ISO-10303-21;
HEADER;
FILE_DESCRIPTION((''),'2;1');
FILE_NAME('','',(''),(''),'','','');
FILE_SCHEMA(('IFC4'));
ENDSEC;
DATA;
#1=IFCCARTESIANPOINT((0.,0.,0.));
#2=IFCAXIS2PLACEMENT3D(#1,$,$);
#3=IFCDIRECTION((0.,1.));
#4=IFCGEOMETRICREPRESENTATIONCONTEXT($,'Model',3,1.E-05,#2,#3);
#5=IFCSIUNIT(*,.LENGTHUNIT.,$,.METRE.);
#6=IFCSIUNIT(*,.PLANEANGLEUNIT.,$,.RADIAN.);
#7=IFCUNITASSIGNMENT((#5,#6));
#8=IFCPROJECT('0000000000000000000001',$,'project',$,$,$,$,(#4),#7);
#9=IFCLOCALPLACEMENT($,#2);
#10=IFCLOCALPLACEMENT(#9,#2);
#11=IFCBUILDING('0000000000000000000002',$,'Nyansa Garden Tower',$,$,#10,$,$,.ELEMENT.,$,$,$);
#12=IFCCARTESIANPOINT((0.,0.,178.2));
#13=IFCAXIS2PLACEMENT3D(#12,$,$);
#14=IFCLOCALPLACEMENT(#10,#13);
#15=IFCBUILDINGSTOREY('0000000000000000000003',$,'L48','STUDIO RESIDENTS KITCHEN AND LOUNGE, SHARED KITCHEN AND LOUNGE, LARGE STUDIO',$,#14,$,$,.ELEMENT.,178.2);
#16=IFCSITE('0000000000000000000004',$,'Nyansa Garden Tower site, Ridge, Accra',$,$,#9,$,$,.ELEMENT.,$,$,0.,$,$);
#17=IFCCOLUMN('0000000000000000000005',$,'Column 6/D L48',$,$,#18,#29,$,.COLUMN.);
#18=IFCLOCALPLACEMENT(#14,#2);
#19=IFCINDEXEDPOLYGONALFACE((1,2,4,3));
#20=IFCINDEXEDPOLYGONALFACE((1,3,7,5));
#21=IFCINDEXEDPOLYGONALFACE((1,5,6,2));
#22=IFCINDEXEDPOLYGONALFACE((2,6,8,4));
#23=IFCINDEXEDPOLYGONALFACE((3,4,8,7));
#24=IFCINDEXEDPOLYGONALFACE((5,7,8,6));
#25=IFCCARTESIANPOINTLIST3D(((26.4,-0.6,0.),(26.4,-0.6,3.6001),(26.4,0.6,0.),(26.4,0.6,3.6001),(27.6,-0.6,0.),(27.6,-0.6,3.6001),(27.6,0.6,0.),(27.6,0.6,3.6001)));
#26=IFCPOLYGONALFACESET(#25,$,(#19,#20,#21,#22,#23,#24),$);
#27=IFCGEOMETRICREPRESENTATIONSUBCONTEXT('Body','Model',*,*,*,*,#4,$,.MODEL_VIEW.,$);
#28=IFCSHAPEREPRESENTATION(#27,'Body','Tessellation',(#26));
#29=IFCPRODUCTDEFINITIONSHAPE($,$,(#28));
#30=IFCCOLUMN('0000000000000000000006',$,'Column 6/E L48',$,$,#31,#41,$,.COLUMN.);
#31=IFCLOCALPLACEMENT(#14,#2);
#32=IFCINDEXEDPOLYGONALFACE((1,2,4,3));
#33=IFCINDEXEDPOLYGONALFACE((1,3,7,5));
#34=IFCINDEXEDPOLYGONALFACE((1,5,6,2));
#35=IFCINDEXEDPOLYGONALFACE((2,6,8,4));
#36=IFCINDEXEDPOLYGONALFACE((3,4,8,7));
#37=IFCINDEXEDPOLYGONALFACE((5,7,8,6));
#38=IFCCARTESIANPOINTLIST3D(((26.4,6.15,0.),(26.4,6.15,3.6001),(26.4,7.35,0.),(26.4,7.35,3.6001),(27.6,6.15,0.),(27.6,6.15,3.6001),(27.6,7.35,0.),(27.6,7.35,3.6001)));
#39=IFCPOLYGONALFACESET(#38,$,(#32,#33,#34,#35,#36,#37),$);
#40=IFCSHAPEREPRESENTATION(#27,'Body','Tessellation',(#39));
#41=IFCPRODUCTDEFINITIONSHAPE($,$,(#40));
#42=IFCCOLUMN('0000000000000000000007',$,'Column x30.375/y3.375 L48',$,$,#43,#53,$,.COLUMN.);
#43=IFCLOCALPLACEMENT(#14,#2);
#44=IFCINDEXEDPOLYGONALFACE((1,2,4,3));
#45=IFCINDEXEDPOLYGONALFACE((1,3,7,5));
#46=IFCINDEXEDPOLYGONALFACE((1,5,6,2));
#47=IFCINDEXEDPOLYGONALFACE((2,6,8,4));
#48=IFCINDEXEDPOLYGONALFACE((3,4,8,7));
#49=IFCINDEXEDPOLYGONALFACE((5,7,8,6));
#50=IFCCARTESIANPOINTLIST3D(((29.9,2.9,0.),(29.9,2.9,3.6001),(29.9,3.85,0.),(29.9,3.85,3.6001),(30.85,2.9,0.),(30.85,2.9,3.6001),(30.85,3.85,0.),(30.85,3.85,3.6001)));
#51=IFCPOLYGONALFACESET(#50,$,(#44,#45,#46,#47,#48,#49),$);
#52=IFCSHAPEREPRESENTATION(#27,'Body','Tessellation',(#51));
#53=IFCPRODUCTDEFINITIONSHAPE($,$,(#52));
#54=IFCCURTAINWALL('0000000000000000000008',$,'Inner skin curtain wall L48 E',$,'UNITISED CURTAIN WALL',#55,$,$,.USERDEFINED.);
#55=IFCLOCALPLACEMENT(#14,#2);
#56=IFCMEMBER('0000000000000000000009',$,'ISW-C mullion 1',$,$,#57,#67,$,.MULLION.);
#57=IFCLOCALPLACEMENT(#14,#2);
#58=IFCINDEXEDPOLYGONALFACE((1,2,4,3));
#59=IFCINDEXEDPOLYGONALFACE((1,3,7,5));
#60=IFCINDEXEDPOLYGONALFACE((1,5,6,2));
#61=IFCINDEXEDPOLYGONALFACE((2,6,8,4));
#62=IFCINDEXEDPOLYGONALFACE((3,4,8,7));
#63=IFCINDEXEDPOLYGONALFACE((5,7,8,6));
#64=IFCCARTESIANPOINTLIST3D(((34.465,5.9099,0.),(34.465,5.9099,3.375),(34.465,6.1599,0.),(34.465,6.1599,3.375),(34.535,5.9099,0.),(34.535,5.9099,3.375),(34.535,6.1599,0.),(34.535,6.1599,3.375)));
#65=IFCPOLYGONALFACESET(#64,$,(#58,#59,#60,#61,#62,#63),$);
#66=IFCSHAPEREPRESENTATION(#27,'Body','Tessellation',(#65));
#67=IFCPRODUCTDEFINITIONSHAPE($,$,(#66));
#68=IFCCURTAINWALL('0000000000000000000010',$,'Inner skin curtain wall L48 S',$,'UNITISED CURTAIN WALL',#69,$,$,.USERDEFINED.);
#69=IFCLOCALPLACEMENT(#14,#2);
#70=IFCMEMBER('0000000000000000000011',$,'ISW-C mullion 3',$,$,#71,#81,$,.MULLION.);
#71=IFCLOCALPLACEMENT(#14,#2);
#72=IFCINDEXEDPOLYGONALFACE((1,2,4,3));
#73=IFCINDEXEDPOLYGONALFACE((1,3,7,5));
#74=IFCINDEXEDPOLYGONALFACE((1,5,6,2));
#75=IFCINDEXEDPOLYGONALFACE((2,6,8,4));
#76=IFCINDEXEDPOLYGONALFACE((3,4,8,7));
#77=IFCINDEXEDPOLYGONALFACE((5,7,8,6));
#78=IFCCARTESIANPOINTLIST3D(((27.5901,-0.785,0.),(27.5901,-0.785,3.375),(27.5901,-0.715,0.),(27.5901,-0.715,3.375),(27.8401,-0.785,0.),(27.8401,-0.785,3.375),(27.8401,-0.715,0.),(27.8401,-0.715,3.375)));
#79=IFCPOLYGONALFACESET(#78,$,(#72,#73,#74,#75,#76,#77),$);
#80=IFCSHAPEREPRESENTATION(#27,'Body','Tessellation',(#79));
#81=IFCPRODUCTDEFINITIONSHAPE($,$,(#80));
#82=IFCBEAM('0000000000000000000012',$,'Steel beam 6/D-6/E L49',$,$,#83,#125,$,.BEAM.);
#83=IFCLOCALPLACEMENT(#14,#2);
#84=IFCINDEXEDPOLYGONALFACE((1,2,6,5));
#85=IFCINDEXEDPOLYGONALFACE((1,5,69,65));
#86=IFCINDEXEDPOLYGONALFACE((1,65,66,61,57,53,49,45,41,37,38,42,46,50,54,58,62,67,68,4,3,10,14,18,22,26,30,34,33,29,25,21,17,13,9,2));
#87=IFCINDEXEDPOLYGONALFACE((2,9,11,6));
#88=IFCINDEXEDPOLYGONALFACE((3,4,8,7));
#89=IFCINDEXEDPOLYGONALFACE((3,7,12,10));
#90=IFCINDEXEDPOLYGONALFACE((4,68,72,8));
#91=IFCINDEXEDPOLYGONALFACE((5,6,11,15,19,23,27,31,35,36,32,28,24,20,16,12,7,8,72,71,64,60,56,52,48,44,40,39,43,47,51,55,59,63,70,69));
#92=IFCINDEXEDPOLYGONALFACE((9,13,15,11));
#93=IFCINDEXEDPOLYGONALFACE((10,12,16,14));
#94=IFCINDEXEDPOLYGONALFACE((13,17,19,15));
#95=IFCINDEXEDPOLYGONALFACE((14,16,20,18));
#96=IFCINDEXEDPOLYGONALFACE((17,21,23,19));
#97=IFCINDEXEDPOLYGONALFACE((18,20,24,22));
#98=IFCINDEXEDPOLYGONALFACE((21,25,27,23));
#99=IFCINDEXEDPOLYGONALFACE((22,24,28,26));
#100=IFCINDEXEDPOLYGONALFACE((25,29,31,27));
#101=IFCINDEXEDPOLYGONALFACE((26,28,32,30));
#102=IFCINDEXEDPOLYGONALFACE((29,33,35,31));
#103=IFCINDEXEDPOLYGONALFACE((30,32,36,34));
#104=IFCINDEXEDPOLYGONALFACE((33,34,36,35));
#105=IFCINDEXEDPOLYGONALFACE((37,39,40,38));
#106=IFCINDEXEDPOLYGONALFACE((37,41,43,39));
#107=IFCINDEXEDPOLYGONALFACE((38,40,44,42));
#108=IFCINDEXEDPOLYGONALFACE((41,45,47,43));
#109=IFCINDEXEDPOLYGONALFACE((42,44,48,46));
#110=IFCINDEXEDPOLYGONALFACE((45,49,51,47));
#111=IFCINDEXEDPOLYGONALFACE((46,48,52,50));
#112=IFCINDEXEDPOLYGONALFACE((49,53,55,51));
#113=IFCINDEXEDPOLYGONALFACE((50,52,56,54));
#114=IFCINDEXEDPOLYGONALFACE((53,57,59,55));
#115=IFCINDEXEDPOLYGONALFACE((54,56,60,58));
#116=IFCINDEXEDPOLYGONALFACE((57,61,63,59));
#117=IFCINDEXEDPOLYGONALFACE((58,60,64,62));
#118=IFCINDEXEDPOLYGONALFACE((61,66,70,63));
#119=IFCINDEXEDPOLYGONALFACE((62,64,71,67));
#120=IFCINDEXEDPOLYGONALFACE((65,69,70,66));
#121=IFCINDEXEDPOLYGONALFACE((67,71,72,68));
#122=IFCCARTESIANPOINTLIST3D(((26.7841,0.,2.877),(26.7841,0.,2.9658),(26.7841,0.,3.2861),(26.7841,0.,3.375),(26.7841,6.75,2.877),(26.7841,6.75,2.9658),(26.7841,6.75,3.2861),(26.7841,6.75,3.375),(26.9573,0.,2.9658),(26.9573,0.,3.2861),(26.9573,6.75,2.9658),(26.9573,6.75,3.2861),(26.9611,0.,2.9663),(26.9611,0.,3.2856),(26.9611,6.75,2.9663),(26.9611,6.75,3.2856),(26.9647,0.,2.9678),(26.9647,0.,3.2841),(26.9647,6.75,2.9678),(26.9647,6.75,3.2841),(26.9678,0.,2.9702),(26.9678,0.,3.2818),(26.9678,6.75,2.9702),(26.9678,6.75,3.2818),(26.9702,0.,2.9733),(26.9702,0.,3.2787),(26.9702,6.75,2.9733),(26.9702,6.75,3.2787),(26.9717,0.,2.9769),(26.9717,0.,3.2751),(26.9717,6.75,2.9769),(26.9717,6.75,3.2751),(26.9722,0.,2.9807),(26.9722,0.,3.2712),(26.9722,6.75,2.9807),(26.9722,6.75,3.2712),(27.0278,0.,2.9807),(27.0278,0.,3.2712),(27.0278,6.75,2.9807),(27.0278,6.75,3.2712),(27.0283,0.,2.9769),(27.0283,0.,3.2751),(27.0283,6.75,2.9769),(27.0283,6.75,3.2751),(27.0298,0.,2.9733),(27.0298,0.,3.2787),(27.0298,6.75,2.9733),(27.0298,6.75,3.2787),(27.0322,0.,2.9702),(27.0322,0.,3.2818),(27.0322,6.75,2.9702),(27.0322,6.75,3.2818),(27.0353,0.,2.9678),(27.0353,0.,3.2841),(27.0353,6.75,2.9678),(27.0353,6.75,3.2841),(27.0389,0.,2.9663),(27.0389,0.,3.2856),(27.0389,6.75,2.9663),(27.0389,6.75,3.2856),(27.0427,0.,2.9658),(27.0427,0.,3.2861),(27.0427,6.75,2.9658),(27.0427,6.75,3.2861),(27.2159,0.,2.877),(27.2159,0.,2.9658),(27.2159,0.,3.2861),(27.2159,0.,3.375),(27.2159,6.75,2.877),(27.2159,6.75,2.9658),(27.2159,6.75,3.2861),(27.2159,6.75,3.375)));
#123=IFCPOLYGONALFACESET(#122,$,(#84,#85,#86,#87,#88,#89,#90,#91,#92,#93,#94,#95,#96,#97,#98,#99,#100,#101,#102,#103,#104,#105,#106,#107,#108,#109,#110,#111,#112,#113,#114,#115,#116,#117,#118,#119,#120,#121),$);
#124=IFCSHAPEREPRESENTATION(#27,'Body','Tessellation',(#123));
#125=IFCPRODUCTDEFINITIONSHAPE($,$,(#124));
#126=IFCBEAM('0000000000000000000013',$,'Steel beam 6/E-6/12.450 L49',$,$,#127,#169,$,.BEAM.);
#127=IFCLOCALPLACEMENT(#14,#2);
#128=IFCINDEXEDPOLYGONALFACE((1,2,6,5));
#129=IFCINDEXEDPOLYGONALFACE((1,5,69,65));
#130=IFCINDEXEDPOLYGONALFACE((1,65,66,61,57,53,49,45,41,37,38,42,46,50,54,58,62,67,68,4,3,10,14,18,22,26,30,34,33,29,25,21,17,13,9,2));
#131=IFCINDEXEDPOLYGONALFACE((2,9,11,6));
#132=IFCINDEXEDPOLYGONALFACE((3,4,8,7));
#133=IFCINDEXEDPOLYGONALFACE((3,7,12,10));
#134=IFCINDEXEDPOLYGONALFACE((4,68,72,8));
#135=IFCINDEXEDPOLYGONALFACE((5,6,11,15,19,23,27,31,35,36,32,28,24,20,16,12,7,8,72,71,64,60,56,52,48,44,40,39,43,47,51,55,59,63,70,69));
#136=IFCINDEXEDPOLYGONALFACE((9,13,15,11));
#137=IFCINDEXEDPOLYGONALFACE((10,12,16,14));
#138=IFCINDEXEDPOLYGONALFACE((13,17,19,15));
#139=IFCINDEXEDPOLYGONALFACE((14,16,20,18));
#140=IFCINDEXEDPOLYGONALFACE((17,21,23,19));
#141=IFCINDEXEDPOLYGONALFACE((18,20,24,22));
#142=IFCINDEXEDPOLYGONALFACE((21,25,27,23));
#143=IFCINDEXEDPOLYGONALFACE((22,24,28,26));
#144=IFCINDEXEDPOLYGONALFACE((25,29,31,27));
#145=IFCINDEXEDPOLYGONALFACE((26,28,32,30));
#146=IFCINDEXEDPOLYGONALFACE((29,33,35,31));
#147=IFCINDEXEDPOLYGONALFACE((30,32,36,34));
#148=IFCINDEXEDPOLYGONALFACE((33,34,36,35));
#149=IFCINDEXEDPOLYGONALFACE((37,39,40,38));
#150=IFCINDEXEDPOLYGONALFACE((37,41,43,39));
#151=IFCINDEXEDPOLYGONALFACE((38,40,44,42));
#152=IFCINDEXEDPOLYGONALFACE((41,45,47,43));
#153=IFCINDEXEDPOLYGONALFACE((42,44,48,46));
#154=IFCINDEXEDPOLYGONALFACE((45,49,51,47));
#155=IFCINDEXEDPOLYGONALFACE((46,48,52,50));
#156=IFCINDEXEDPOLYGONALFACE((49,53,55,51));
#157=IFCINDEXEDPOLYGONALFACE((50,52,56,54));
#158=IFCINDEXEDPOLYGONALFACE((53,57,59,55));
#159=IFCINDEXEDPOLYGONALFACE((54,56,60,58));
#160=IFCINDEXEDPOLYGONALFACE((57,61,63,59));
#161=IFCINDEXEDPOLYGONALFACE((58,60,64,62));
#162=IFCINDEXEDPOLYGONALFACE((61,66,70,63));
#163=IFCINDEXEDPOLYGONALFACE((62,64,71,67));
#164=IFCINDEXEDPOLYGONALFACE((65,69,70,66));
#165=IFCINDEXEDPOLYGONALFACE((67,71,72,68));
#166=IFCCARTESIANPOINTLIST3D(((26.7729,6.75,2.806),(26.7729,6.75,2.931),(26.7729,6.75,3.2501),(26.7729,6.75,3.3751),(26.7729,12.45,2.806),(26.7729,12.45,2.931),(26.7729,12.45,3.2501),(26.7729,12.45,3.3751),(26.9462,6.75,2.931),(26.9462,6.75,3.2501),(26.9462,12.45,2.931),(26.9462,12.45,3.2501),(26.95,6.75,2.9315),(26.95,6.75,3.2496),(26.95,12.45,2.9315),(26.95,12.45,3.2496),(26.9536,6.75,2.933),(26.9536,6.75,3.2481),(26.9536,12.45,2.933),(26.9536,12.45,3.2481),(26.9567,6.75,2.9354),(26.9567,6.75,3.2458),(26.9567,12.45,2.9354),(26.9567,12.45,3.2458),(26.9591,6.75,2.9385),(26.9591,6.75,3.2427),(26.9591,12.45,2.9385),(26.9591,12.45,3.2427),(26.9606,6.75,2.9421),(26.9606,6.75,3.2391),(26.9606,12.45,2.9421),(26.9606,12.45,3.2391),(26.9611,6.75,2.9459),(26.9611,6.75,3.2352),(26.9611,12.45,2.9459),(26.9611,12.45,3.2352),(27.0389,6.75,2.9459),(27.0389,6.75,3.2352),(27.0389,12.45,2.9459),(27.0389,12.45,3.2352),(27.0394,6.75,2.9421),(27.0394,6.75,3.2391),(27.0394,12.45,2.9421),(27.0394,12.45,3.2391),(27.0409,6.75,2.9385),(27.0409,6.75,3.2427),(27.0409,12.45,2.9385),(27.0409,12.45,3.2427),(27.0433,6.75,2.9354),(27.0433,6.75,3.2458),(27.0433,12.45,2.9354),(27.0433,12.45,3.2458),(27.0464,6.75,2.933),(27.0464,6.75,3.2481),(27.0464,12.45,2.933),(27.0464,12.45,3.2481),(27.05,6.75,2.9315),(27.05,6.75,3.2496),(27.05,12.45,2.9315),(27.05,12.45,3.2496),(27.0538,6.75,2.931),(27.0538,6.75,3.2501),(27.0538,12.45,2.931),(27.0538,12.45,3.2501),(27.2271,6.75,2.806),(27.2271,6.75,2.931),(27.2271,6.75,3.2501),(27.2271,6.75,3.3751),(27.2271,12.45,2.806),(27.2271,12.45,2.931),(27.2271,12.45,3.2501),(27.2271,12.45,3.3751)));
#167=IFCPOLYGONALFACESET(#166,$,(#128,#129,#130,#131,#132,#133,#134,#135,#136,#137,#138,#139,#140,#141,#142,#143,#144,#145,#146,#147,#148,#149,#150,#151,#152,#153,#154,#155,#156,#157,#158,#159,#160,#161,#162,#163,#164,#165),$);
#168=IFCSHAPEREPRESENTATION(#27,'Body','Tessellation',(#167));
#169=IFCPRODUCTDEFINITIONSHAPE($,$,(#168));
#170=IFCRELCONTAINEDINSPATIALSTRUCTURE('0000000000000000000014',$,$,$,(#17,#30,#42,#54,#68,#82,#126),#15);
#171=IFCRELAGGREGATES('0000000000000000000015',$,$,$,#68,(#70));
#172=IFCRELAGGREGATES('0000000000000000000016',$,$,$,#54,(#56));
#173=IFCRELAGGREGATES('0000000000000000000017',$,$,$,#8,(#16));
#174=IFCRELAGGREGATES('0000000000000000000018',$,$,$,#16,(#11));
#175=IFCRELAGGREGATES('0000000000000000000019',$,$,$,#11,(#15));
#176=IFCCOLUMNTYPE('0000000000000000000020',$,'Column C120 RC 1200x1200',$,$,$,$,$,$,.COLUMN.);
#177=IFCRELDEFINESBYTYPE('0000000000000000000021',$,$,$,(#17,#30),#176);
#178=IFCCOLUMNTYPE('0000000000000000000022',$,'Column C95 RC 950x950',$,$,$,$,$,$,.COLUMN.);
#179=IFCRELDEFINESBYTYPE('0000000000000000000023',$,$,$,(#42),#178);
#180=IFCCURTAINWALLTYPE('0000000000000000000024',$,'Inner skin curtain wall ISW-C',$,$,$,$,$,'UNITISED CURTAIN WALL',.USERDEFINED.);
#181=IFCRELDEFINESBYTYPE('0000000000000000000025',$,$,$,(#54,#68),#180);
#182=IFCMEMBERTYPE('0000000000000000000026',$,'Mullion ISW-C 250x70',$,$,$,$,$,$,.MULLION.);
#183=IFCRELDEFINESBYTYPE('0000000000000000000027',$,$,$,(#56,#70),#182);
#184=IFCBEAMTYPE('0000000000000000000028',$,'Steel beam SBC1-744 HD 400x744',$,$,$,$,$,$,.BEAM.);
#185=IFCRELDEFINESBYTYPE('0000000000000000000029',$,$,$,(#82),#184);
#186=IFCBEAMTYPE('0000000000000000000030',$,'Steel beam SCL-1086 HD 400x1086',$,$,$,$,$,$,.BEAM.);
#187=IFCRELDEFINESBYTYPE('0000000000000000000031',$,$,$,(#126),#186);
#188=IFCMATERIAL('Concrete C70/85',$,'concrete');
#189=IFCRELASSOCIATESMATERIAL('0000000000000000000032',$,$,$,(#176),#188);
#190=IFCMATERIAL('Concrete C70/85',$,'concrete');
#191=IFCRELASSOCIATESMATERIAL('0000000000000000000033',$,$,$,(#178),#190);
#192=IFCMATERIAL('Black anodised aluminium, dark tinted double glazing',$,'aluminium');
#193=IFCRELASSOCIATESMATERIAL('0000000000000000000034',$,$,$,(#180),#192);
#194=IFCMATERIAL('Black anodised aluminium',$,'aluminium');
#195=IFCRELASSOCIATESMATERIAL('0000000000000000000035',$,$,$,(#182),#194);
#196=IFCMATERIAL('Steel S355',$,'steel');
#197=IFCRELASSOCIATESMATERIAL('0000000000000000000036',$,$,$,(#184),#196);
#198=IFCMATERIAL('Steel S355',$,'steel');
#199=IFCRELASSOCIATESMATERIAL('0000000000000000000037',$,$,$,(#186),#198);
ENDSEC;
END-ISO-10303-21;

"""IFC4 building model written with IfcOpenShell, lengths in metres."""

from ifc_helpers import new_model, si_unit, direction, frame, origin, origin_2d, place, context, subcontext, project, spatial, rectangle, i_section, extrude, material, material_profile, profile_set, type_object, element, aggregate, save


model = new_model("IFC4")

# Units and contexts
model_context = context("Model", 3, precision=1e-05, world=origin(), true_north=direction((0.0, 1.0)))
body_context = subcontext(model_context, "Body", "Model", "MODEL_VIEW")
ifc_project = project(units=[si_unit("LENGTHUNIT", "METRE"), si_unit("PLANEANGLEUNIT", "RADIAN")], contexts=[model_context])

# Site, building, storey
site_placement = place(None, origin())
site = spatial("IfcSite", under=ifc_project, at=site_placement, Name="Nyansa Garden Tower site, Ridge, Accra", CompositionType="ELEMENT", RefElevation=0.0)
building_placement = place(site_placement, origin())
building = spatial("IfcBuilding", under=site, at=building_placement, Name="Nyansa Garden Tower", CompositionType="ELEMENT")
storey_placement = place(building_placement, frame((0.0, 0.0, 178.2)))
storey = spatial("IfcBuildingStorey", under=building, at=storey_placement, Name="L48", Description="STUDIO RESIDENTS KITCHEN AND LOUNGE, SHARED KITCHEN AND LOUNGE, LARGE STUDIO", CompositionType="ELEMENT", Elevation=178.2)

# Columns
ifc_material_1 = material(Name="Concrete C70/85", Category="concrete")
ifc_material_profile_1 = material_profile(ifc_material_1, rectangle(XDim=1.2, YDim=1.2, at=origin_2d()), Name="RC 1200x1200")
ifc_profile_set_1 = profile_set([ifc_material_profile_1], Name="Concrete C70/85")
column_type_1 = type_object("IfcColumnType", Name="Column C120 RC 1200x1200", PredefinedType="COLUMN", material=ifc_profile_set_1)
for number, where, z_axis, x_axis, name in (
    (1, (27.0, 0.0, 0.0), (0.0, 0.0, 1.0), (1.0, 0.0, 0.0), "Column 6/D L48"),
    (2, (27.0, 6.75, 0.0), (0.0, 0.0, 1.0), (1.0, 0.0, 0.0), "Column 6/E L48"),
):
    element("IfcColumn", number, at=place(storey_placement, frame(where, z_axis=z_axis, x_axis=x_axis)), inside=storey, type_object=column_type_1, Name=name, PredefinedType="COLUMN", context=body_context, shape_type="SweptSolid", body=[
        extrude(rectangle(XDim=1.2, YDim=1.2, at=origin_2d()), origin(), (0.0, 0.0, 1.0), 3.6001),
    ])
ifc_material_2 = material(Name="Concrete C70/85", Category="concrete")
ifc_material_profile_2 = material_profile(ifc_material_2, rectangle(XDim=0.95, YDim=0.95, at=origin_2d()), Name="RC 950x950")
ifc_profile_set_2 = profile_set([ifc_material_profile_2], Name="Concrete C70/85")
column_type_2 = type_object("IfcColumnType", Name="Column C95 RC 950x950", PredefinedType="COLUMN", material=ifc_profile_set_2)
column_placement = place(storey_placement, frame((30.375, 3.375, 0.0), z_axis=(0.0, 0.0, 1.0), x_axis=(1.0, 0.0, 0.0)))
element("IfcColumn", 3, at=column_placement, inside=storey, type_object=column_type_2, Name="Column x30.375/y3.375 L48", PredefinedType="COLUMN", context=body_context, shape_type="SweptSolid", body=[
    extrude(rectangle(XDim=0.95, YDim=0.95, at=origin_2d()), origin(), (0.0, 0.0, 1.0), 3.6001),
])

# Curtain walls, members
ifc_material_3 = material(Name="Black anodised aluminium, dark tinted double glazing", Category="aluminium")
curtain_wall_type = type_object("IfcCurtainWallType", Name="Inner skin curtain wall ISW-C", ElementType="UNITISED CURTAIN WALL", PredefinedType="USERDEFINED", material=ifc_material_3)
curtain_wall_1_placement = place(storey_placement, origin())
curtain_wall_1 = element("IfcCurtainWall", 4, at=curtain_wall_1_placement, inside=storey, type_object=curtain_wall_type, Name="Inner skin curtain wall L48 E", ObjectType="UNITISED CURTAIN WALL", PredefinedType="USERDEFINED")
ifc_material_4 = material(Name="Black anodised aluminium", Category="aluminium")
ifc_material_profile_3 = material_profile(ifc_material_4, rectangle(XDim=0.0701, YDim=0.25, at=origin_2d()), Name="Mullion 250x70")
ifc_profile_set_3 = profile_set([ifc_material_profile_3], Name="Black anodised aluminium")
member_type_1 = type_object("IfcMemberType", Name="Mullion ISW-C 250x70", PredefinedType="MULLION", material=ifc_profile_set_3)
member_1_placement = place(storey_placement, frame((34.5, 6.0349, 0.0), z_axis=(0.0, 0.0, 1.0), x_axis=(-1.0, 0.0, 0.0)))
member_1 = element("IfcMember", 5, at=member_1_placement, type_object=member_type_1, Name="ISW-C mullion 1", PredefinedType="MULLION", context=body_context, shape_type="SweptSolid", body=[
    extrude(rectangle(XDim=0.0701, YDim=0.25, at=origin_2d()), origin(), (0.0, 0.0, 1.0), 3.375),
])
curtain_wall_2_placement = place(storey_placement, origin())
curtain_wall_2 = element("IfcCurtainWall", 6, at=curtain_wall_2_placement, inside=storey, type_object=curtain_wall_type, Name="Inner skin curtain wall L48 S", ObjectType="UNITISED CURTAIN WALL", PredefinedType="USERDEFINED")
member_2_placement = place(storey_placement, frame((27.7151, -0.75, 0.0), z_axis=(0.0, 0.0, 1.0), x_axis=(0.0, 1.0, 0.0)))
member_2 = element("IfcMember", 7, at=member_2_placement, type_object=member_type_1, Name="ISW-C mullion 3", PredefinedType="MULLION", context=body_context, shape_type="SweptSolid", body=[
    extrude(rectangle(XDim=0.0701, YDim=0.25, at=origin_2d()), origin(), (0.0, 0.0, 1.0), 3.375),
])
aggregate(curtain_wall_2, [member_2])

# Beams
ifc_material_5 = material(Name="Steel S355", Category="steel")
ifc_material_profile_4 = material_profile(ifc_material_5, i_section(OverallWidth=0.4319, OverallDepth=0.498, WebThickness=0.0557, FlangeThickness=0.0889, FilletRadius=0.0149, at=origin_2d()), Name="HD 400x744")
ifc_profile_set_4 = profile_set([ifc_material_profile_4], Name="Steel S355")
beam_type_1 = type_object("IfcBeamType", Name="Steel beam SBC1-744 HD 400x744", PredefinedType="BEAM", material=ifc_profile_set_4)
beam_1_placement = place(storey_placement, frame((27.0, 0.0, 3.126), z_axis=(0.0, 1.0, 0.0), x_axis=(-1.0, 0.0, 0.0)))
element("IfcBeam", 8, at=beam_1_placement, inside=storey, type_object=beam_type_1, Name="Steel beam 6/D-6/E L49", PredefinedType="BEAM", context=body_context, shape_type="SweptSolid", body=[
    extrude(i_section(OverallWidth=0.4319, OverallDepth=0.498, WebThickness=0.0557, FlangeThickness=0.0889, FilletRadius=0.0149, at=origin_2d()), origin(), (0.0, 0.0, 1.0), 6.75),
])
ifc_material_6 = material(Name="Steel S355", Category="steel")
ifc_material_profile_5 = material_profile(ifc_material_6, i_section(OverallWidth=0.4541, OverallDepth=0.5691, WebThickness=0.0779, FlangeThickness=0.125, FilletRadius=0.0149, at=origin_2d()), Name="HD 400x1086")
ifc_profile_set_5 = profile_set([ifc_material_profile_5], Name="Steel S355")
beam_type_2 = type_object("IfcBeamType", Name="Steel beam SCL-1086 HD 400x1086", PredefinedType="BEAM", material=ifc_profile_set_5)
beam_2_placement = place(storey_placement, frame((27.0, 6.75, 3.0906), z_axis=(0.0, 1.0, 0.0), x_axis=(-1.0, 0.0, 0.0)))
element("IfcBeam", 9, at=beam_2_placement, inside=storey, type_object=beam_type_2, Name="Steel beam 6/E-6/12.450 L49", PredefinedType="BEAM", context=body_context, shape_type="SweptSolid", body=[
    extrude(i_section(OverallWidth=0.4541, OverallDepth=0.5691, WebThickness=0.0779, FlangeThickness=0.125, FilletRadius=0.0149, at=origin_2d()), origin(), (0.0, 0.0, 1.0), 5.7),
])

aggregate(curtain_wall_1, [member_1])

save(model, "model.ifc")
